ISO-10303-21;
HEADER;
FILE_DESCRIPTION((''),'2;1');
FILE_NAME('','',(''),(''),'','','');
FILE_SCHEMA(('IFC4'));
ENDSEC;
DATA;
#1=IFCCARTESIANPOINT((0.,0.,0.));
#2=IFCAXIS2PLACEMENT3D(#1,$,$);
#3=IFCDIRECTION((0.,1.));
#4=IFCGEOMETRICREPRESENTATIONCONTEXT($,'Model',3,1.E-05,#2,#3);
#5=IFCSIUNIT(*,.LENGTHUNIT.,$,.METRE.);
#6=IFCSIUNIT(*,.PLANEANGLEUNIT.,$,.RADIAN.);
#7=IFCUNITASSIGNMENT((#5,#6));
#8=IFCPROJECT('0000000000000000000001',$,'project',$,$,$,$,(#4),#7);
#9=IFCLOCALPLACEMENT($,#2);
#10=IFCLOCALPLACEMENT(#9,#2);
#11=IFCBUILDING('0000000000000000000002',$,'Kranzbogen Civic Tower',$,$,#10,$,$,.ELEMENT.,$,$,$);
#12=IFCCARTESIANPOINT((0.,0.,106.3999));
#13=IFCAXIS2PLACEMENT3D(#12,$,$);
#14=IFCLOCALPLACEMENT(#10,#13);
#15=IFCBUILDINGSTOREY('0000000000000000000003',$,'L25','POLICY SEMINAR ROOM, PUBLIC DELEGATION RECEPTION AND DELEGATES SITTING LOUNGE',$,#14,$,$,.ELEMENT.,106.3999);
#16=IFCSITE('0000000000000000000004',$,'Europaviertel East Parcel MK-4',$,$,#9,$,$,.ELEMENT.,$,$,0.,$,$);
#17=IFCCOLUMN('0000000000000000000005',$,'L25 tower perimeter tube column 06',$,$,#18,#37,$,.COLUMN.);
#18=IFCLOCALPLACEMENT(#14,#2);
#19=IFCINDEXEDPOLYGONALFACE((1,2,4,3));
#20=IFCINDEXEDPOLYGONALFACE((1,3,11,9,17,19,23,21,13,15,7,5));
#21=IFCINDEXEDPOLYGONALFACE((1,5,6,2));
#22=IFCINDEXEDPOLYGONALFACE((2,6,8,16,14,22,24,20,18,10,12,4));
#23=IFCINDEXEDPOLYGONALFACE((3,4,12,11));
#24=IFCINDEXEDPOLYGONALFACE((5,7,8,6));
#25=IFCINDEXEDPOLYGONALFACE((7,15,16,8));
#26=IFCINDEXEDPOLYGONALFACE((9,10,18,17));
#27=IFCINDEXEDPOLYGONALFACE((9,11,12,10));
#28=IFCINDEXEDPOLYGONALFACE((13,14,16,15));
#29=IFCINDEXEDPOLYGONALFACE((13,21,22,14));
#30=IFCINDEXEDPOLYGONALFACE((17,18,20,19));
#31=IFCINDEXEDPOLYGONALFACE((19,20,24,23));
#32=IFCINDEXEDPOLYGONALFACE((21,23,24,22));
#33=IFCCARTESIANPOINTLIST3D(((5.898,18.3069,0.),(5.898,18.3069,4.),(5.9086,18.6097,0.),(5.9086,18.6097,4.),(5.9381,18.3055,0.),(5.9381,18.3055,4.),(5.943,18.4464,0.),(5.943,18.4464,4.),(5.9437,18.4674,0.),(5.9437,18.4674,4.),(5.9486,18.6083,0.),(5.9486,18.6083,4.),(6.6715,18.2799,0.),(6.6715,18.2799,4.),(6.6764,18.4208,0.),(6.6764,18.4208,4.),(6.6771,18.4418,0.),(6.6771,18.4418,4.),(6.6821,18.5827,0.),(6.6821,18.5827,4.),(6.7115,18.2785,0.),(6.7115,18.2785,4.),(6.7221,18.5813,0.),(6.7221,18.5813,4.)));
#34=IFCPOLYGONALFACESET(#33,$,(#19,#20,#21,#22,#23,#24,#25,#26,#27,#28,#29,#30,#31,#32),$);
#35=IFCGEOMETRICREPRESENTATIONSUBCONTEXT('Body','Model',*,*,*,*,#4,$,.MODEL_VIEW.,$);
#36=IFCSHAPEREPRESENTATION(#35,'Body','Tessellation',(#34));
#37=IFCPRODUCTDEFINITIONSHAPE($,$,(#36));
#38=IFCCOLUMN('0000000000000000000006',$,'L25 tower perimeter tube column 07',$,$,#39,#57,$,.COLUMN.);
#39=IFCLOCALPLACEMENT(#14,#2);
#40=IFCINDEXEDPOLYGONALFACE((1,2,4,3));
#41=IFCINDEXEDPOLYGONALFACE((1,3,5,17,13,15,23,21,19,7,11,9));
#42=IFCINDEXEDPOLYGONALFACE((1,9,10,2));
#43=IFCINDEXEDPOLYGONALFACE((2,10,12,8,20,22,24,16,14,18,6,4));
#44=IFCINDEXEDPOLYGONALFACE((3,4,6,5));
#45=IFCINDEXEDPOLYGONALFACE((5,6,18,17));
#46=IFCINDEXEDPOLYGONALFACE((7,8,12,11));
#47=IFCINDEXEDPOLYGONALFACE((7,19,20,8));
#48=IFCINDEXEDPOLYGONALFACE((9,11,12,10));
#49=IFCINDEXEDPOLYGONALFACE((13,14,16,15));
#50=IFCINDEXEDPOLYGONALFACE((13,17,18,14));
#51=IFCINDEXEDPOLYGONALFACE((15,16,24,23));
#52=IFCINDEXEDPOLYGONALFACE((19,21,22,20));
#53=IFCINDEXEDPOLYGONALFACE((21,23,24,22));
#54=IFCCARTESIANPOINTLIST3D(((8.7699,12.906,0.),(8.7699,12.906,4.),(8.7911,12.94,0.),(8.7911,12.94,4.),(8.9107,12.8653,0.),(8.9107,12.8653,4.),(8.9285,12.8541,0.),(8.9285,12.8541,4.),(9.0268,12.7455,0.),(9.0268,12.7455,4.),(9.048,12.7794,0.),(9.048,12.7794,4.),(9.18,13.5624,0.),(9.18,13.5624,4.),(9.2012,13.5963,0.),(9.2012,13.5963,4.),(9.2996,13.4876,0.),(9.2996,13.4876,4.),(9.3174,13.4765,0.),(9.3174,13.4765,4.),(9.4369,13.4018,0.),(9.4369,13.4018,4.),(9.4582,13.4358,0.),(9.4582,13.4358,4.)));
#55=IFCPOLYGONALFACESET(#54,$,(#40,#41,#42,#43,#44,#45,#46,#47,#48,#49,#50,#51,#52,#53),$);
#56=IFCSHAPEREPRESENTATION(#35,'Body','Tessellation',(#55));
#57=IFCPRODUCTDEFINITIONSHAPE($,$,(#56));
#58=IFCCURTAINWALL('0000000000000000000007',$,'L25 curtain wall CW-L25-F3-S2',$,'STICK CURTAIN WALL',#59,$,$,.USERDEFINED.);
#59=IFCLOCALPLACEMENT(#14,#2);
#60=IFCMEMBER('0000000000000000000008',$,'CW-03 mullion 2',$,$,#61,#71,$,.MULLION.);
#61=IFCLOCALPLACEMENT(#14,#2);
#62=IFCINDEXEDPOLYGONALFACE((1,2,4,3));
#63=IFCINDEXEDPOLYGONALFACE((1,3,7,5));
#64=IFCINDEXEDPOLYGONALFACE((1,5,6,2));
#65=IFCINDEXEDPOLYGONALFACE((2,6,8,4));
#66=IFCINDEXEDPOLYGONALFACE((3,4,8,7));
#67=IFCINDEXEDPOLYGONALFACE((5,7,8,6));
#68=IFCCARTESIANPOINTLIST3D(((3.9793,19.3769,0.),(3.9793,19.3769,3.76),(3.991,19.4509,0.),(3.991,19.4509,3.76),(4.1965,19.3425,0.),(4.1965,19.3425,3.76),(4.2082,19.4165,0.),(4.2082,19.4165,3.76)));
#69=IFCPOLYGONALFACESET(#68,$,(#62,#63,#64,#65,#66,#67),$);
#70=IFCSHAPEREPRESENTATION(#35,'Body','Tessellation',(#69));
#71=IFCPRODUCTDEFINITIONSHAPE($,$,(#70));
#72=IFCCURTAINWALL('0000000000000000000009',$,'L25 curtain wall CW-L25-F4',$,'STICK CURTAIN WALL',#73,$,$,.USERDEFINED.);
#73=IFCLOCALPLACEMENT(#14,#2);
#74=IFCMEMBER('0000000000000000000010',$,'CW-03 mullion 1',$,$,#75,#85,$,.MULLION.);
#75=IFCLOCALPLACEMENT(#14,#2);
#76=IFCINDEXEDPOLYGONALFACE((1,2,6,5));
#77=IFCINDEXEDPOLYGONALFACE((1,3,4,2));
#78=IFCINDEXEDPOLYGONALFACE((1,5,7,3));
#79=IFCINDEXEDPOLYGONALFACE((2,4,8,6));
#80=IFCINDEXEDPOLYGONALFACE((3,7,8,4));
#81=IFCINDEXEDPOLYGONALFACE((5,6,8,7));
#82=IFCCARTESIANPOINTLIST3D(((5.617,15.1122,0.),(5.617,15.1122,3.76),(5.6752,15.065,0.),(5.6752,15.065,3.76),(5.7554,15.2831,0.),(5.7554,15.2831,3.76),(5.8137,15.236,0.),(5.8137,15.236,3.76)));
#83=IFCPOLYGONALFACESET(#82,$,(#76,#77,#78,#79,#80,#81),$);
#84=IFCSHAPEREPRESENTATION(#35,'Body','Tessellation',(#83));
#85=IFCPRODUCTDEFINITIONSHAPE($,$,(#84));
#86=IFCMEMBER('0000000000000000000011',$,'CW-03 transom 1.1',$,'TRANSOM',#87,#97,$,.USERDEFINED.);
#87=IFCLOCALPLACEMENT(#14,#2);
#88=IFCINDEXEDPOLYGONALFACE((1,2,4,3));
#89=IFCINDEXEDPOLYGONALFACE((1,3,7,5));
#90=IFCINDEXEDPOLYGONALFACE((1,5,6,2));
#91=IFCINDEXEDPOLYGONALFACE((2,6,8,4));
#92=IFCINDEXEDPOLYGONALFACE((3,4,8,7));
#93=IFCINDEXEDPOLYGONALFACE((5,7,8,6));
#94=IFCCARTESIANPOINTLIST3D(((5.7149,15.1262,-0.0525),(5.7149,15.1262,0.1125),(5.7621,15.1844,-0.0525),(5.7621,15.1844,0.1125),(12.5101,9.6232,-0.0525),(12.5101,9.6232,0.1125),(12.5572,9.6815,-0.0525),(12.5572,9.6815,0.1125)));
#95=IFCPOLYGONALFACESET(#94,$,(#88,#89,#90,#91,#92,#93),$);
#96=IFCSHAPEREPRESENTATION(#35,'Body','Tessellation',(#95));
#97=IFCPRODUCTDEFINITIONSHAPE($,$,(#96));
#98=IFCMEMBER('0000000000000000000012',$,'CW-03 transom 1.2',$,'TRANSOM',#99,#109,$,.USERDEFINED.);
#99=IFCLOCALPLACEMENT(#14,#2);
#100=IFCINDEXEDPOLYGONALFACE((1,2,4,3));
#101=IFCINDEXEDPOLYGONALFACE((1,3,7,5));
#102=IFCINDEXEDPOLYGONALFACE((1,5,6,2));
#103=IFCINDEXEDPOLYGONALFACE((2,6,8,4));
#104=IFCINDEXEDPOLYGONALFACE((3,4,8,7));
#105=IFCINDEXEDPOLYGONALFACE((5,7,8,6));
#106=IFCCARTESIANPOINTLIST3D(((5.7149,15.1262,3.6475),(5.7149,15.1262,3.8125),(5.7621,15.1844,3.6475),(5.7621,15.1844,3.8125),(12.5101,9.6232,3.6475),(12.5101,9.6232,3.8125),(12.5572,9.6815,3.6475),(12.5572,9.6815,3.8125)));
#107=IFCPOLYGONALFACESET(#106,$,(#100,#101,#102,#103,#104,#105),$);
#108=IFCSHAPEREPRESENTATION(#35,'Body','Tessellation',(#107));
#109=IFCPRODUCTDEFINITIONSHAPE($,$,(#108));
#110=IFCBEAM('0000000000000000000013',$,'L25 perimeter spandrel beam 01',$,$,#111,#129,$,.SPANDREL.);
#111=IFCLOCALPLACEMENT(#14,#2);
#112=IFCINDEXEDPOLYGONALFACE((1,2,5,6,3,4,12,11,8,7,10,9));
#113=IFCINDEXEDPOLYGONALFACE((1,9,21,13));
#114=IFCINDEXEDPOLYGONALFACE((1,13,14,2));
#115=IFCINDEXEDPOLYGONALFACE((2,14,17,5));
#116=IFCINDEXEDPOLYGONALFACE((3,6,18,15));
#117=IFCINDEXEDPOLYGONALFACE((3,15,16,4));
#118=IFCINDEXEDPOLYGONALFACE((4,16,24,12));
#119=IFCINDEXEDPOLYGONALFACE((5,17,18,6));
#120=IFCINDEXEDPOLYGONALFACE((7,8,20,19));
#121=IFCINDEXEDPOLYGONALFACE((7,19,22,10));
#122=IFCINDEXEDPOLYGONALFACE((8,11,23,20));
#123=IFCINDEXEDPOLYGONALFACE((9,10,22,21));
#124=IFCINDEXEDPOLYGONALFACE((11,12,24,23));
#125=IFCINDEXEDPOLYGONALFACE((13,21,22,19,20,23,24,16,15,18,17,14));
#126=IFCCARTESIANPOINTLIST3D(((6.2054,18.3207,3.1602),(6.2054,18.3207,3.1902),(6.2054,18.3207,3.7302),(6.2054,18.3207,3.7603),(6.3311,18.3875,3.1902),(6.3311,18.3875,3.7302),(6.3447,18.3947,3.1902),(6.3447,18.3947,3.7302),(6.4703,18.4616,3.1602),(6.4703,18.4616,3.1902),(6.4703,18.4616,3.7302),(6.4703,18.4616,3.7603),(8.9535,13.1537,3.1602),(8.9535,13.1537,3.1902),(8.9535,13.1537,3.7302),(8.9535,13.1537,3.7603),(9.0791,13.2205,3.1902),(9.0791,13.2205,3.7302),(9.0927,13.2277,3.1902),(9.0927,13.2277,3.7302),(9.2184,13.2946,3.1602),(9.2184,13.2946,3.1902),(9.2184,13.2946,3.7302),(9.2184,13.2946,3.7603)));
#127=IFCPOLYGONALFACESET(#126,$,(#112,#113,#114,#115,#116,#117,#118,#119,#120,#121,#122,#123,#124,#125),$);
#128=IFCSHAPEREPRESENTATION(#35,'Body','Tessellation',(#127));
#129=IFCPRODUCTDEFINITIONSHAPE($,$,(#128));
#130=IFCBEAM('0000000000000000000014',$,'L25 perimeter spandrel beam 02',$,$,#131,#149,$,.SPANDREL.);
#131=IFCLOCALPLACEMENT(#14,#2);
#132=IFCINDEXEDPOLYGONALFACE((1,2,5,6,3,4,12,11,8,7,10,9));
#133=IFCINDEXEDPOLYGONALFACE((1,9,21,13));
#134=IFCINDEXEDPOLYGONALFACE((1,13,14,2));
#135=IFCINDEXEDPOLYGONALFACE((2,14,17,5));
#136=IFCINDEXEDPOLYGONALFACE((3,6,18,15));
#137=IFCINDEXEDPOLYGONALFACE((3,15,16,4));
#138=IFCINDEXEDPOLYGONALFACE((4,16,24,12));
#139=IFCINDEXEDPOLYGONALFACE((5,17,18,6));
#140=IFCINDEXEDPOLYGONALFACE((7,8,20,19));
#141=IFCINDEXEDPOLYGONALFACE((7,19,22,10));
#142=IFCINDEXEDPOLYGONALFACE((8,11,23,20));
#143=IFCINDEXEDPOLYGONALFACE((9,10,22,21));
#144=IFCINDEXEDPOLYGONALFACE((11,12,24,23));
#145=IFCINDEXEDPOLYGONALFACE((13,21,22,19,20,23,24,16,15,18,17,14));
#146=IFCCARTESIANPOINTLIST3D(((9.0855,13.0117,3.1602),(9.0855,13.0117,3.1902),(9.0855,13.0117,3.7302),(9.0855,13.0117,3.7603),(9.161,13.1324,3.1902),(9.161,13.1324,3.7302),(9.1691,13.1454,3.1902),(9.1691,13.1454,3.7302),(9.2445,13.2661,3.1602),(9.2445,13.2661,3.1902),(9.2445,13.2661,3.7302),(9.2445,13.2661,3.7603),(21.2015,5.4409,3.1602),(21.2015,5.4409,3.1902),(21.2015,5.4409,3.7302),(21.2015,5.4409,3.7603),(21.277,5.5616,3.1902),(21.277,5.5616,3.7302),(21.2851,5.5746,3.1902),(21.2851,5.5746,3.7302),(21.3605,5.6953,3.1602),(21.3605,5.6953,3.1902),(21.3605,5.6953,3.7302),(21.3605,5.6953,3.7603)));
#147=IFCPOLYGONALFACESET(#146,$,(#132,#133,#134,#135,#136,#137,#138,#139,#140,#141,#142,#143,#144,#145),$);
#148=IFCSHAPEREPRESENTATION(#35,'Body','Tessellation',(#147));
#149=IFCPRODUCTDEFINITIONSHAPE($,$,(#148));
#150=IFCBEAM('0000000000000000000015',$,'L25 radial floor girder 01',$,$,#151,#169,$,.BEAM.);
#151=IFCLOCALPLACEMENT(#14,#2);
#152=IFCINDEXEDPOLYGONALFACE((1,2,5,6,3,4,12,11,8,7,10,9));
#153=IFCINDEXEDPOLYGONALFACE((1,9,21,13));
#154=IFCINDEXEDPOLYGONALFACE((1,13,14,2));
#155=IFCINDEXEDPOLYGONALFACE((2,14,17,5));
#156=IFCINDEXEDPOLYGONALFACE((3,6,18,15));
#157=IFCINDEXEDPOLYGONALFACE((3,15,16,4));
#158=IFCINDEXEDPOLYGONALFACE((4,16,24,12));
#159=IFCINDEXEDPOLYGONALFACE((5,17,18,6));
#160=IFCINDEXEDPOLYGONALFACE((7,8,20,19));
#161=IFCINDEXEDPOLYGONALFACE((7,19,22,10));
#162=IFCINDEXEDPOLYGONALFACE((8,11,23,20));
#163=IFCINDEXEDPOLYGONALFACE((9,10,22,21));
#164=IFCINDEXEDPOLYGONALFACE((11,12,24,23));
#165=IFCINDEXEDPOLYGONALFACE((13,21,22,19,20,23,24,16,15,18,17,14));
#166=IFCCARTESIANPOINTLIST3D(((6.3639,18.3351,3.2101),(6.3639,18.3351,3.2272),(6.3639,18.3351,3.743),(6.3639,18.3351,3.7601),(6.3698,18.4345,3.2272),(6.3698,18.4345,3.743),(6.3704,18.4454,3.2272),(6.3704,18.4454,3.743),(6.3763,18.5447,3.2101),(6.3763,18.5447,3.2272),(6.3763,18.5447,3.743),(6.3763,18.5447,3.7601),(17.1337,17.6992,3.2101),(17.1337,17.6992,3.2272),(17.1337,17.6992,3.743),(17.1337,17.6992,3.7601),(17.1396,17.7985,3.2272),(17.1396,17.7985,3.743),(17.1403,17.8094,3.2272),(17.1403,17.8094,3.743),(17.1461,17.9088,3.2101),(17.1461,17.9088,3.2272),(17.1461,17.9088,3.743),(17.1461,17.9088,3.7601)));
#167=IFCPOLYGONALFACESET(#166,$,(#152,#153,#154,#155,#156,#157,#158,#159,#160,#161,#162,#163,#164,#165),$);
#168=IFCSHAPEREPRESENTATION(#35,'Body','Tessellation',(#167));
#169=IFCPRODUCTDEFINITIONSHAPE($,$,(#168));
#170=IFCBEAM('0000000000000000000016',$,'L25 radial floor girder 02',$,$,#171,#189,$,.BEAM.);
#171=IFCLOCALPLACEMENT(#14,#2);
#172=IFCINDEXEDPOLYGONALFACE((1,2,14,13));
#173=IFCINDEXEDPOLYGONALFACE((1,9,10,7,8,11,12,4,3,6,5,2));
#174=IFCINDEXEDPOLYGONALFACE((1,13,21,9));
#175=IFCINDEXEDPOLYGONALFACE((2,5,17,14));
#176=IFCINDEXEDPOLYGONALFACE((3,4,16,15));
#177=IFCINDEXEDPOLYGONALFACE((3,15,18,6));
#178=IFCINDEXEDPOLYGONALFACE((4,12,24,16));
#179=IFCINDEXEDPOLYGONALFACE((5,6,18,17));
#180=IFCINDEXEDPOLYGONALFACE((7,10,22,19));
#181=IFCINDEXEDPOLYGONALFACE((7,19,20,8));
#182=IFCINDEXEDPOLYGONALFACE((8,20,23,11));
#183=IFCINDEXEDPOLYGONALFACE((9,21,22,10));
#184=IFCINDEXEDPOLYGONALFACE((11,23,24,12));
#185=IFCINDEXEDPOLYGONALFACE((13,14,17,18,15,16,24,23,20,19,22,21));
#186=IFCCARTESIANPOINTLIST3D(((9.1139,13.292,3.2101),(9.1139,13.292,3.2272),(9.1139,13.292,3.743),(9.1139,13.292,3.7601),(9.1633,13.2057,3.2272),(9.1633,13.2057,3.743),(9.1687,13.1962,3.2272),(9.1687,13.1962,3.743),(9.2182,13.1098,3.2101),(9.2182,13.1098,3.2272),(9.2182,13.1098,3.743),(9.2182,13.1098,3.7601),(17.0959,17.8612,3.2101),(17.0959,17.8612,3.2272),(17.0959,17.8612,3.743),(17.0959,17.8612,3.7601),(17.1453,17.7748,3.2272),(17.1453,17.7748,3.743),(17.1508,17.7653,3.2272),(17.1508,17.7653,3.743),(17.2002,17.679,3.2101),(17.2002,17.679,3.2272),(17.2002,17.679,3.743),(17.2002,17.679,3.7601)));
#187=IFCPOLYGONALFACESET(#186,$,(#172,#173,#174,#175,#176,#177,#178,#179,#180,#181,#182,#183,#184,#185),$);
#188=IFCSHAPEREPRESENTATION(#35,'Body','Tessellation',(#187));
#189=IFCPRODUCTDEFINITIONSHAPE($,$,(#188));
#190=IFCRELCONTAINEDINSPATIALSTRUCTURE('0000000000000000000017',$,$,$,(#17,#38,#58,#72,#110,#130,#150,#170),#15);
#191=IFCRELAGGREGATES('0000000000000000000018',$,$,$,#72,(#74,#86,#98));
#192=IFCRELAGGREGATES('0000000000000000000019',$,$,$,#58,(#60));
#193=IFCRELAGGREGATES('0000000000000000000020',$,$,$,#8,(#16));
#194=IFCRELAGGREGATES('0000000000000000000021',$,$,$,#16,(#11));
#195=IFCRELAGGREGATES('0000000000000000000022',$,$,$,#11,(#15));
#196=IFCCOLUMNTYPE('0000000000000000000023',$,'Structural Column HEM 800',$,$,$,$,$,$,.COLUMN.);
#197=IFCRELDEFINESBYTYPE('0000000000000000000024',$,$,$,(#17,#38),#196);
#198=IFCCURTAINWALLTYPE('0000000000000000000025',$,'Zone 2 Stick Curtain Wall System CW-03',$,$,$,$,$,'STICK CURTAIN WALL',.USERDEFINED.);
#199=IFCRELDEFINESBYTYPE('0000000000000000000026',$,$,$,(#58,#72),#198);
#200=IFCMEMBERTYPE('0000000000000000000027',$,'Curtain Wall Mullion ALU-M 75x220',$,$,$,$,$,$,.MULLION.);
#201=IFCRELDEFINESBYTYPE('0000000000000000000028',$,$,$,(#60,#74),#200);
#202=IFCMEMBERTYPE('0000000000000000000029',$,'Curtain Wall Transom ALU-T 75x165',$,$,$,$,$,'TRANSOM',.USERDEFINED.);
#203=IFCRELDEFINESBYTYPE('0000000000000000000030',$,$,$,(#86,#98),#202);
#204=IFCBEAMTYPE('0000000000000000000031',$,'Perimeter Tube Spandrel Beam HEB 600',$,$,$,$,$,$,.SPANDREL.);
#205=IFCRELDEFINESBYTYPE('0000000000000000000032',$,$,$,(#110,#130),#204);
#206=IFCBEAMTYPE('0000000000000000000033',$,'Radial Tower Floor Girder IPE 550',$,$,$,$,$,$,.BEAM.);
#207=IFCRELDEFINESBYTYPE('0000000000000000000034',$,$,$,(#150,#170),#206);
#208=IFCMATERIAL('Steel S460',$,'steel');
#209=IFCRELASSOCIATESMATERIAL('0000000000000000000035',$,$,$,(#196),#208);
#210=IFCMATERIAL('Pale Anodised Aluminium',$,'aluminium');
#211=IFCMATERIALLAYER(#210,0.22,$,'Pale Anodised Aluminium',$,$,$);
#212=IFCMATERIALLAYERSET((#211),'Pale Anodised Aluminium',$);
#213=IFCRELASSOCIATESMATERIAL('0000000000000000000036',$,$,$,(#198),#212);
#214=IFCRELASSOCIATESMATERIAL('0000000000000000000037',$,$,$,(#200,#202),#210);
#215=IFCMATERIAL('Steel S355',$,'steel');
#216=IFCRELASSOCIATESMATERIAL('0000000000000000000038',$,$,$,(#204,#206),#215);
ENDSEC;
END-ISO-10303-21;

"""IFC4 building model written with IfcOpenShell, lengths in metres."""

from ifc_helpers import new_model, si_unit, direction, frame, origin, origin_2d, place, context, subcontext, project, spatial, rectangle, i_section, extrude, material, layer, layer_set, material_profile, profile_set, type_object, element, aggregate, save


model = new_model("IFC4")

# Units and contexts
model_context = context("Model", 3, precision=1e-05, world=origin(), true_north=direction((0.0, 1.0)))
body_context = subcontext(model_context, "Body", "Model", "MODEL_VIEW")
ifc_project = project(units=[si_unit("LENGTHUNIT", "METRE"), si_unit("PLANEANGLEUNIT", "RADIAN")], contexts=[model_context])

# Site, building, storey
site_placement = place(None, origin())
site = spatial("IfcSite", under=ifc_project, at=site_placement, Name="Europaviertel East Parcel MK-4", CompositionType="ELEMENT", RefElevation=0.0)
building_placement = place(site_placement, origin())
building = spatial("IfcBuilding", under=site, at=building_placement, Name="Kranzbogen Civic Tower", CompositionType="ELEMENT")
storey_placement = place(building_placement, frame((0.0, 0.0, 106.3999)))
storey = spatial("IfcBuildingStorey", under=building, at=storey_placement, Name="L25", Description="POLICY SEMINAR ROOM, PUBLIC DELEGATION RECEPTION AND DELEGATES SITTING LOUNGE", CompositionType="ELEMENT", Elevation=106.3999)

# Columns
ifc_material_1 = material(Name="Steel S460", Category="steel")
ifc_material_profile_1 = material_profile(ifc_material_1, i_section(OverallWidth=0.303, OverallDepth=0.814, WebThickness=0.021, FlangeThickness=0.04, at=origin_2d()), Name="HEM 800")
ifc_profile_set_1 = profile_set([ifc_material_profile_1], Name="Steel S460")
column_type = type_object("IfcColumnType", Name="Structural Column HEM 800", PredefinedType="COLUMN", material=ifc_profile_set_1)
for number, where, z_axis, x_axis, name in (
    (1, (6.3101, 18.4441, 0.0), (0.0, 0.0, 1.0), (0.034899, 0.999391, 0.0), "L25 tower perimeter tube column 06"),
    (2, (9.114, 13.1709, 0.0), (0.0, 0.0, 1.0), (-0.848048, 0.529919, 0.0), "L25 tower perimeter tube column 07"),
):
    element("IfcColumn", number, at=place(storey_placement, frame(where, z_axis=z_axis, x_axis=x_axis)), inside=storey, type_object=column_type, Name=name, PredefinedType="COLUMN", context=body_context, shape_type="SweptSolid", body=[
        extrude(i_section(OverallWidth=0.303, OverallDepth=0.814, WebThickness=0.021, FlangeThickness=0.04, at=origin_2d()), origin(), (0.0, 0.0, 1.0), 4.0),
    ])

# Curtain wall, member
ifc_material_2 = material(Name="Pale Anodised Aluminium", Category="aluminium")
ifc_layer_1 = layer(ifc_material_2, 0.22, Name="Pale Anodised Aluminium")
ifc_layer_set_1 = layer_set([ifc_layer_1], Name="Pale Anodised Aluminium")
curtain_wall_type = type_object("IfcCurtainWallType", Name="Zone 2 Stick Curtain Wall System CW-03", ElementType="STICK CURTAIN WALL", PredefinedType="USERDEFINED", material=ifc_layer_set_1)
curtain_wall_1_placement = place(storey_placement, origin())
curtain_wall_1 = element("IfcCurtainWall", 3, at=curtain_wall_1_placement, inside=storey, type_object=curtain_wall_type, Name="L25 curtain wall CW-L25-F3-S2", ObjectType="STICK CURTAIN WALL", PredefinedType="USERDEFINED")
ifc_material_profile_2 = material_profile(ifc_material_2, rectangle(XDim=0.075, YDim=0.22, at=origin_2d()), Name="ALU-M 75x220")
ifc_profile_set_2 = profile_set([ifc_material_profile_2], Name="Pale Anodised Aluminium")
member_type_1 = type_object("IfcMemberType", Name="Curtain Wall Mullion ALU-M 75x220", PredefinedType="MULLION", material=ifc_profile_set_2)
member_1_placement = place(storey_placement, frame((4.0938, 19.3967, 0.0), z_axis=(0.0, 0.0, 1.0), x_axis=(-0.156386, -0.987696, 0.0)))
member_1 = element("IfcMember", 4, at=member_1_placement, type_object=member_type_1, Name="CW-03 mullion 2", PredefinedType="MULLION", context=body_context, shape_type="SweptSolid", body=[
    extrude(rectangle(XDim=0.075, YDim=0.22, at=origin_2d()), origin(), (0.0, 0.0, 1.0), 3.76),
])

# Curtain wall, members
curtain_wall_2_placement = place(storey_placement, origin())
curtain_wall_2 = element("IfcCurtainWall", 5, at=curtain_wall_2_placement, inside=storey, type_object=curtain_wall_type, Name="L25 curtain wall CW-L25-F4", ObjectType="STICK CURTAIN WALL", PredefinedType="USERDEFINED")
member_2_placement = place(storey_placement, frame((5.7153, 15.1741, 0.0), z_axis=(0.0, 0.0, 1.0), x_axis=(0.777128, -0.629343, 0.0)))
member_2 = element("IfcMember", 6, at=member_2_placement, type_object=member_type_1, Name="CW-03 mullion 1", PredefinedType="MULLION", context=body_context, shape_type="SweptSolid", body=[
    extrude(rectangle(XDim=0.075, YDim=0.22, at=origin_2d()), origin(), (0.0, 0.0, 1.0), 3.76),
])
ifc_material_profile_3 = material_profile(ifc_material_2, rectangle(XDim=0.075, YDim=0.165, at=origin_2d()), Name="ALU-T 75x165")
ifc_profile_set_3 = profile_set([ifc_material_profile_3], Name="Pale Anodised Aluminium")
member_type_2 = type_object("IfcMemberType", Name="Curtain Wall Transom ALU-T 75x165", ElementType="TRANSOM", PredefinedType="USERDEFINED", material=ifc_profile_set_3)
member_3_placement = place(storey_placement, frame((5.7385, 15.1553, 0.03), z_axis=(0.777128, -0.629342, 0.0), x_axis=(0.629342, 0.777128, 0.0)))
member_3 = element("IfcMember", 7, at=member_3_placement, type_object=member_type_2, Name="CW-03 transom 1.1", ObjectType="TRANSOM", PredefinedType="USERDEFINED", context=body_context, shape_type="SweptSolid", body=[
    extrude(rectangle(XDim=0.075, YDim=0.165, at=origin_2d()), origin(), (0.0, 0.0, 1.0), 8.7439),
])
member_4_placement = place(storey_placement, frame((5.7385, 15.1553, 3.73), z_axis=(0.777128, -0.629342, 0.0), x_axis=(0.629342, 0.777128, 0.0)))
member_4 = element("IfcMember", 8, at=member_4_placement, type_object=member_type_2, Name="CW-03 transom 1.2", ObjectType="TRANSOM", PredefinedType="USERDEFINED", context=body_context, shape_type="SweptSolid", body=[
    extrude(rectangle(XDim=0.075, YDim=0.165, at=origin_2d()), origin(), (0.0, 0.0, 1.0), 8.7439),
])
aggregate(curtain_wall_2, [member_2, member_3, member_4])

# Beams
ifc_material_3 = material(Name="Steel S355", Category="steel")
ifc_material_profile_4 = material_profile(ifc_material_3, i_section(OverallWidth=0.3, OverallDepth=0.6001, WebThickness=0.0154, FlangeThickness=0.03, at=origin_2d()), Name="HEB 600")
ifc_profile_set_4 = profile_set([ifc_material_profile_4], Name="Steel S355")
beam_type_1 = type_object("IfcBeamType", Name="Perimeter Tube Spandrel Beam HEB 600", PredefinedType="SPANDREL", material=ifc_profile_set_4)
beam_1_placement = place(storey_placement, frame((6.3379, 18.3911, 3.4602), z_axis=(0.469566, -0.882897, 0.0), x_axis=(0.882897, 0.469566, 0.0)))
element("IfcBeam", 9, at=beam_1_placement, inside=storey, type_object=beam_type_1, Name="L25 perimeter spandrel beam 01", PredefinedType="SPANDREL", context=body_context, shape_type="SweptSolid", body=[
    extrude(i_section(OverallWidth=0.3, OverallDepth=0.6001, WebThickness=0.0154, FlangeThickness=0.03, at=origin_2d()), origin(), (0.0, 0.0, 1.0), 5.8523),
])
beam_2_placement = place(storey_placement, frame((9.165, 13.1389, 3.4602), z_axis=(0.848051, -0.529914, 0.0), x_axis=(0.529914, 0.848051, 0.0)))
element("IfcBeam", 10, at=beam_2_placement, inside=storey, type_object=beam_type_1, Name="L25 perimeter spandrel beam 02", PredefinedType="SPANDREL", context=body_context, shape_type="SweptSolid", body=[
    extrude(i_section(OverallWidth=0.3, OverallDepth=0.6001, WebThickness=0.0154, FlangeThickness=0.03, at=origin_2d()), origin(), (0.0, 0.0, 1.0), 14.2869),
])
ifc_material_profile_5 = material_profile(ifc_material_3, i_section(OverallWidth=0.21, OverallDepth=0.55, WebThickness=0.011, FlangeThickness=0.0171, at=origin_2d()), Name="IPE 550")
ifc_profile_set_5 = profile_set([ifc_material_profile_5], Name="Steel S355")
beam_type_2 = type_object("IfcBeamType", Name="Radial Tower Floor Girder IPE 550", PredefinedType="BEAM", material=ifc_profile_set_5)
beam_3_placement = place(storey_placement, frame((6.3701, 18.4399, 3.4851), z_axis=(0.998261, -0.05895, 0.0), x_axis=(0.05895, 0.998261, 0.0)))
element("IfcBeam", 11, at=beam_3_placement, inside=storey, type_object=beam_type_2, Name="L25 radial floor girder 01", PredefinedType="BEAM", context=body_context, shape_type="SweptSolid", body=[
    extrude(i_section(OverallWidth=0.21, OverallDepth=0.55, WebThickness=0.011, FlangeThickness=0.0171, at=origin_2d()), origin(), (0.0, 0.0, 1.0), 10.7886),
])
beam_4_placement = place(storey_placement, frame((9.166, 13.2009, 3.4851), z_axis=(0.867869, 0.496793, 0.0), x_axis=(-0.496793, 0.867869, 0.0)))
element("IfcBeam", 12, at=beam_4_placement, inside=storey, type_object=beam_type_2, Name="L25 radial floor girder 02", PredefinedType="BEAM", context=body_context, shape_type="SweptSolid", body=[
    extrude(i_section(OverallWidth=0.21, OverallDepth=0.55, WebThickness=0.011, FlangeThickness=0.0171, at=origin_2d()), origin(), (0.0, 0.0, 1.0), 9.1973),
])

aggregate(curtain_wall_1, [member_1])

save(model, "model.ifc")
